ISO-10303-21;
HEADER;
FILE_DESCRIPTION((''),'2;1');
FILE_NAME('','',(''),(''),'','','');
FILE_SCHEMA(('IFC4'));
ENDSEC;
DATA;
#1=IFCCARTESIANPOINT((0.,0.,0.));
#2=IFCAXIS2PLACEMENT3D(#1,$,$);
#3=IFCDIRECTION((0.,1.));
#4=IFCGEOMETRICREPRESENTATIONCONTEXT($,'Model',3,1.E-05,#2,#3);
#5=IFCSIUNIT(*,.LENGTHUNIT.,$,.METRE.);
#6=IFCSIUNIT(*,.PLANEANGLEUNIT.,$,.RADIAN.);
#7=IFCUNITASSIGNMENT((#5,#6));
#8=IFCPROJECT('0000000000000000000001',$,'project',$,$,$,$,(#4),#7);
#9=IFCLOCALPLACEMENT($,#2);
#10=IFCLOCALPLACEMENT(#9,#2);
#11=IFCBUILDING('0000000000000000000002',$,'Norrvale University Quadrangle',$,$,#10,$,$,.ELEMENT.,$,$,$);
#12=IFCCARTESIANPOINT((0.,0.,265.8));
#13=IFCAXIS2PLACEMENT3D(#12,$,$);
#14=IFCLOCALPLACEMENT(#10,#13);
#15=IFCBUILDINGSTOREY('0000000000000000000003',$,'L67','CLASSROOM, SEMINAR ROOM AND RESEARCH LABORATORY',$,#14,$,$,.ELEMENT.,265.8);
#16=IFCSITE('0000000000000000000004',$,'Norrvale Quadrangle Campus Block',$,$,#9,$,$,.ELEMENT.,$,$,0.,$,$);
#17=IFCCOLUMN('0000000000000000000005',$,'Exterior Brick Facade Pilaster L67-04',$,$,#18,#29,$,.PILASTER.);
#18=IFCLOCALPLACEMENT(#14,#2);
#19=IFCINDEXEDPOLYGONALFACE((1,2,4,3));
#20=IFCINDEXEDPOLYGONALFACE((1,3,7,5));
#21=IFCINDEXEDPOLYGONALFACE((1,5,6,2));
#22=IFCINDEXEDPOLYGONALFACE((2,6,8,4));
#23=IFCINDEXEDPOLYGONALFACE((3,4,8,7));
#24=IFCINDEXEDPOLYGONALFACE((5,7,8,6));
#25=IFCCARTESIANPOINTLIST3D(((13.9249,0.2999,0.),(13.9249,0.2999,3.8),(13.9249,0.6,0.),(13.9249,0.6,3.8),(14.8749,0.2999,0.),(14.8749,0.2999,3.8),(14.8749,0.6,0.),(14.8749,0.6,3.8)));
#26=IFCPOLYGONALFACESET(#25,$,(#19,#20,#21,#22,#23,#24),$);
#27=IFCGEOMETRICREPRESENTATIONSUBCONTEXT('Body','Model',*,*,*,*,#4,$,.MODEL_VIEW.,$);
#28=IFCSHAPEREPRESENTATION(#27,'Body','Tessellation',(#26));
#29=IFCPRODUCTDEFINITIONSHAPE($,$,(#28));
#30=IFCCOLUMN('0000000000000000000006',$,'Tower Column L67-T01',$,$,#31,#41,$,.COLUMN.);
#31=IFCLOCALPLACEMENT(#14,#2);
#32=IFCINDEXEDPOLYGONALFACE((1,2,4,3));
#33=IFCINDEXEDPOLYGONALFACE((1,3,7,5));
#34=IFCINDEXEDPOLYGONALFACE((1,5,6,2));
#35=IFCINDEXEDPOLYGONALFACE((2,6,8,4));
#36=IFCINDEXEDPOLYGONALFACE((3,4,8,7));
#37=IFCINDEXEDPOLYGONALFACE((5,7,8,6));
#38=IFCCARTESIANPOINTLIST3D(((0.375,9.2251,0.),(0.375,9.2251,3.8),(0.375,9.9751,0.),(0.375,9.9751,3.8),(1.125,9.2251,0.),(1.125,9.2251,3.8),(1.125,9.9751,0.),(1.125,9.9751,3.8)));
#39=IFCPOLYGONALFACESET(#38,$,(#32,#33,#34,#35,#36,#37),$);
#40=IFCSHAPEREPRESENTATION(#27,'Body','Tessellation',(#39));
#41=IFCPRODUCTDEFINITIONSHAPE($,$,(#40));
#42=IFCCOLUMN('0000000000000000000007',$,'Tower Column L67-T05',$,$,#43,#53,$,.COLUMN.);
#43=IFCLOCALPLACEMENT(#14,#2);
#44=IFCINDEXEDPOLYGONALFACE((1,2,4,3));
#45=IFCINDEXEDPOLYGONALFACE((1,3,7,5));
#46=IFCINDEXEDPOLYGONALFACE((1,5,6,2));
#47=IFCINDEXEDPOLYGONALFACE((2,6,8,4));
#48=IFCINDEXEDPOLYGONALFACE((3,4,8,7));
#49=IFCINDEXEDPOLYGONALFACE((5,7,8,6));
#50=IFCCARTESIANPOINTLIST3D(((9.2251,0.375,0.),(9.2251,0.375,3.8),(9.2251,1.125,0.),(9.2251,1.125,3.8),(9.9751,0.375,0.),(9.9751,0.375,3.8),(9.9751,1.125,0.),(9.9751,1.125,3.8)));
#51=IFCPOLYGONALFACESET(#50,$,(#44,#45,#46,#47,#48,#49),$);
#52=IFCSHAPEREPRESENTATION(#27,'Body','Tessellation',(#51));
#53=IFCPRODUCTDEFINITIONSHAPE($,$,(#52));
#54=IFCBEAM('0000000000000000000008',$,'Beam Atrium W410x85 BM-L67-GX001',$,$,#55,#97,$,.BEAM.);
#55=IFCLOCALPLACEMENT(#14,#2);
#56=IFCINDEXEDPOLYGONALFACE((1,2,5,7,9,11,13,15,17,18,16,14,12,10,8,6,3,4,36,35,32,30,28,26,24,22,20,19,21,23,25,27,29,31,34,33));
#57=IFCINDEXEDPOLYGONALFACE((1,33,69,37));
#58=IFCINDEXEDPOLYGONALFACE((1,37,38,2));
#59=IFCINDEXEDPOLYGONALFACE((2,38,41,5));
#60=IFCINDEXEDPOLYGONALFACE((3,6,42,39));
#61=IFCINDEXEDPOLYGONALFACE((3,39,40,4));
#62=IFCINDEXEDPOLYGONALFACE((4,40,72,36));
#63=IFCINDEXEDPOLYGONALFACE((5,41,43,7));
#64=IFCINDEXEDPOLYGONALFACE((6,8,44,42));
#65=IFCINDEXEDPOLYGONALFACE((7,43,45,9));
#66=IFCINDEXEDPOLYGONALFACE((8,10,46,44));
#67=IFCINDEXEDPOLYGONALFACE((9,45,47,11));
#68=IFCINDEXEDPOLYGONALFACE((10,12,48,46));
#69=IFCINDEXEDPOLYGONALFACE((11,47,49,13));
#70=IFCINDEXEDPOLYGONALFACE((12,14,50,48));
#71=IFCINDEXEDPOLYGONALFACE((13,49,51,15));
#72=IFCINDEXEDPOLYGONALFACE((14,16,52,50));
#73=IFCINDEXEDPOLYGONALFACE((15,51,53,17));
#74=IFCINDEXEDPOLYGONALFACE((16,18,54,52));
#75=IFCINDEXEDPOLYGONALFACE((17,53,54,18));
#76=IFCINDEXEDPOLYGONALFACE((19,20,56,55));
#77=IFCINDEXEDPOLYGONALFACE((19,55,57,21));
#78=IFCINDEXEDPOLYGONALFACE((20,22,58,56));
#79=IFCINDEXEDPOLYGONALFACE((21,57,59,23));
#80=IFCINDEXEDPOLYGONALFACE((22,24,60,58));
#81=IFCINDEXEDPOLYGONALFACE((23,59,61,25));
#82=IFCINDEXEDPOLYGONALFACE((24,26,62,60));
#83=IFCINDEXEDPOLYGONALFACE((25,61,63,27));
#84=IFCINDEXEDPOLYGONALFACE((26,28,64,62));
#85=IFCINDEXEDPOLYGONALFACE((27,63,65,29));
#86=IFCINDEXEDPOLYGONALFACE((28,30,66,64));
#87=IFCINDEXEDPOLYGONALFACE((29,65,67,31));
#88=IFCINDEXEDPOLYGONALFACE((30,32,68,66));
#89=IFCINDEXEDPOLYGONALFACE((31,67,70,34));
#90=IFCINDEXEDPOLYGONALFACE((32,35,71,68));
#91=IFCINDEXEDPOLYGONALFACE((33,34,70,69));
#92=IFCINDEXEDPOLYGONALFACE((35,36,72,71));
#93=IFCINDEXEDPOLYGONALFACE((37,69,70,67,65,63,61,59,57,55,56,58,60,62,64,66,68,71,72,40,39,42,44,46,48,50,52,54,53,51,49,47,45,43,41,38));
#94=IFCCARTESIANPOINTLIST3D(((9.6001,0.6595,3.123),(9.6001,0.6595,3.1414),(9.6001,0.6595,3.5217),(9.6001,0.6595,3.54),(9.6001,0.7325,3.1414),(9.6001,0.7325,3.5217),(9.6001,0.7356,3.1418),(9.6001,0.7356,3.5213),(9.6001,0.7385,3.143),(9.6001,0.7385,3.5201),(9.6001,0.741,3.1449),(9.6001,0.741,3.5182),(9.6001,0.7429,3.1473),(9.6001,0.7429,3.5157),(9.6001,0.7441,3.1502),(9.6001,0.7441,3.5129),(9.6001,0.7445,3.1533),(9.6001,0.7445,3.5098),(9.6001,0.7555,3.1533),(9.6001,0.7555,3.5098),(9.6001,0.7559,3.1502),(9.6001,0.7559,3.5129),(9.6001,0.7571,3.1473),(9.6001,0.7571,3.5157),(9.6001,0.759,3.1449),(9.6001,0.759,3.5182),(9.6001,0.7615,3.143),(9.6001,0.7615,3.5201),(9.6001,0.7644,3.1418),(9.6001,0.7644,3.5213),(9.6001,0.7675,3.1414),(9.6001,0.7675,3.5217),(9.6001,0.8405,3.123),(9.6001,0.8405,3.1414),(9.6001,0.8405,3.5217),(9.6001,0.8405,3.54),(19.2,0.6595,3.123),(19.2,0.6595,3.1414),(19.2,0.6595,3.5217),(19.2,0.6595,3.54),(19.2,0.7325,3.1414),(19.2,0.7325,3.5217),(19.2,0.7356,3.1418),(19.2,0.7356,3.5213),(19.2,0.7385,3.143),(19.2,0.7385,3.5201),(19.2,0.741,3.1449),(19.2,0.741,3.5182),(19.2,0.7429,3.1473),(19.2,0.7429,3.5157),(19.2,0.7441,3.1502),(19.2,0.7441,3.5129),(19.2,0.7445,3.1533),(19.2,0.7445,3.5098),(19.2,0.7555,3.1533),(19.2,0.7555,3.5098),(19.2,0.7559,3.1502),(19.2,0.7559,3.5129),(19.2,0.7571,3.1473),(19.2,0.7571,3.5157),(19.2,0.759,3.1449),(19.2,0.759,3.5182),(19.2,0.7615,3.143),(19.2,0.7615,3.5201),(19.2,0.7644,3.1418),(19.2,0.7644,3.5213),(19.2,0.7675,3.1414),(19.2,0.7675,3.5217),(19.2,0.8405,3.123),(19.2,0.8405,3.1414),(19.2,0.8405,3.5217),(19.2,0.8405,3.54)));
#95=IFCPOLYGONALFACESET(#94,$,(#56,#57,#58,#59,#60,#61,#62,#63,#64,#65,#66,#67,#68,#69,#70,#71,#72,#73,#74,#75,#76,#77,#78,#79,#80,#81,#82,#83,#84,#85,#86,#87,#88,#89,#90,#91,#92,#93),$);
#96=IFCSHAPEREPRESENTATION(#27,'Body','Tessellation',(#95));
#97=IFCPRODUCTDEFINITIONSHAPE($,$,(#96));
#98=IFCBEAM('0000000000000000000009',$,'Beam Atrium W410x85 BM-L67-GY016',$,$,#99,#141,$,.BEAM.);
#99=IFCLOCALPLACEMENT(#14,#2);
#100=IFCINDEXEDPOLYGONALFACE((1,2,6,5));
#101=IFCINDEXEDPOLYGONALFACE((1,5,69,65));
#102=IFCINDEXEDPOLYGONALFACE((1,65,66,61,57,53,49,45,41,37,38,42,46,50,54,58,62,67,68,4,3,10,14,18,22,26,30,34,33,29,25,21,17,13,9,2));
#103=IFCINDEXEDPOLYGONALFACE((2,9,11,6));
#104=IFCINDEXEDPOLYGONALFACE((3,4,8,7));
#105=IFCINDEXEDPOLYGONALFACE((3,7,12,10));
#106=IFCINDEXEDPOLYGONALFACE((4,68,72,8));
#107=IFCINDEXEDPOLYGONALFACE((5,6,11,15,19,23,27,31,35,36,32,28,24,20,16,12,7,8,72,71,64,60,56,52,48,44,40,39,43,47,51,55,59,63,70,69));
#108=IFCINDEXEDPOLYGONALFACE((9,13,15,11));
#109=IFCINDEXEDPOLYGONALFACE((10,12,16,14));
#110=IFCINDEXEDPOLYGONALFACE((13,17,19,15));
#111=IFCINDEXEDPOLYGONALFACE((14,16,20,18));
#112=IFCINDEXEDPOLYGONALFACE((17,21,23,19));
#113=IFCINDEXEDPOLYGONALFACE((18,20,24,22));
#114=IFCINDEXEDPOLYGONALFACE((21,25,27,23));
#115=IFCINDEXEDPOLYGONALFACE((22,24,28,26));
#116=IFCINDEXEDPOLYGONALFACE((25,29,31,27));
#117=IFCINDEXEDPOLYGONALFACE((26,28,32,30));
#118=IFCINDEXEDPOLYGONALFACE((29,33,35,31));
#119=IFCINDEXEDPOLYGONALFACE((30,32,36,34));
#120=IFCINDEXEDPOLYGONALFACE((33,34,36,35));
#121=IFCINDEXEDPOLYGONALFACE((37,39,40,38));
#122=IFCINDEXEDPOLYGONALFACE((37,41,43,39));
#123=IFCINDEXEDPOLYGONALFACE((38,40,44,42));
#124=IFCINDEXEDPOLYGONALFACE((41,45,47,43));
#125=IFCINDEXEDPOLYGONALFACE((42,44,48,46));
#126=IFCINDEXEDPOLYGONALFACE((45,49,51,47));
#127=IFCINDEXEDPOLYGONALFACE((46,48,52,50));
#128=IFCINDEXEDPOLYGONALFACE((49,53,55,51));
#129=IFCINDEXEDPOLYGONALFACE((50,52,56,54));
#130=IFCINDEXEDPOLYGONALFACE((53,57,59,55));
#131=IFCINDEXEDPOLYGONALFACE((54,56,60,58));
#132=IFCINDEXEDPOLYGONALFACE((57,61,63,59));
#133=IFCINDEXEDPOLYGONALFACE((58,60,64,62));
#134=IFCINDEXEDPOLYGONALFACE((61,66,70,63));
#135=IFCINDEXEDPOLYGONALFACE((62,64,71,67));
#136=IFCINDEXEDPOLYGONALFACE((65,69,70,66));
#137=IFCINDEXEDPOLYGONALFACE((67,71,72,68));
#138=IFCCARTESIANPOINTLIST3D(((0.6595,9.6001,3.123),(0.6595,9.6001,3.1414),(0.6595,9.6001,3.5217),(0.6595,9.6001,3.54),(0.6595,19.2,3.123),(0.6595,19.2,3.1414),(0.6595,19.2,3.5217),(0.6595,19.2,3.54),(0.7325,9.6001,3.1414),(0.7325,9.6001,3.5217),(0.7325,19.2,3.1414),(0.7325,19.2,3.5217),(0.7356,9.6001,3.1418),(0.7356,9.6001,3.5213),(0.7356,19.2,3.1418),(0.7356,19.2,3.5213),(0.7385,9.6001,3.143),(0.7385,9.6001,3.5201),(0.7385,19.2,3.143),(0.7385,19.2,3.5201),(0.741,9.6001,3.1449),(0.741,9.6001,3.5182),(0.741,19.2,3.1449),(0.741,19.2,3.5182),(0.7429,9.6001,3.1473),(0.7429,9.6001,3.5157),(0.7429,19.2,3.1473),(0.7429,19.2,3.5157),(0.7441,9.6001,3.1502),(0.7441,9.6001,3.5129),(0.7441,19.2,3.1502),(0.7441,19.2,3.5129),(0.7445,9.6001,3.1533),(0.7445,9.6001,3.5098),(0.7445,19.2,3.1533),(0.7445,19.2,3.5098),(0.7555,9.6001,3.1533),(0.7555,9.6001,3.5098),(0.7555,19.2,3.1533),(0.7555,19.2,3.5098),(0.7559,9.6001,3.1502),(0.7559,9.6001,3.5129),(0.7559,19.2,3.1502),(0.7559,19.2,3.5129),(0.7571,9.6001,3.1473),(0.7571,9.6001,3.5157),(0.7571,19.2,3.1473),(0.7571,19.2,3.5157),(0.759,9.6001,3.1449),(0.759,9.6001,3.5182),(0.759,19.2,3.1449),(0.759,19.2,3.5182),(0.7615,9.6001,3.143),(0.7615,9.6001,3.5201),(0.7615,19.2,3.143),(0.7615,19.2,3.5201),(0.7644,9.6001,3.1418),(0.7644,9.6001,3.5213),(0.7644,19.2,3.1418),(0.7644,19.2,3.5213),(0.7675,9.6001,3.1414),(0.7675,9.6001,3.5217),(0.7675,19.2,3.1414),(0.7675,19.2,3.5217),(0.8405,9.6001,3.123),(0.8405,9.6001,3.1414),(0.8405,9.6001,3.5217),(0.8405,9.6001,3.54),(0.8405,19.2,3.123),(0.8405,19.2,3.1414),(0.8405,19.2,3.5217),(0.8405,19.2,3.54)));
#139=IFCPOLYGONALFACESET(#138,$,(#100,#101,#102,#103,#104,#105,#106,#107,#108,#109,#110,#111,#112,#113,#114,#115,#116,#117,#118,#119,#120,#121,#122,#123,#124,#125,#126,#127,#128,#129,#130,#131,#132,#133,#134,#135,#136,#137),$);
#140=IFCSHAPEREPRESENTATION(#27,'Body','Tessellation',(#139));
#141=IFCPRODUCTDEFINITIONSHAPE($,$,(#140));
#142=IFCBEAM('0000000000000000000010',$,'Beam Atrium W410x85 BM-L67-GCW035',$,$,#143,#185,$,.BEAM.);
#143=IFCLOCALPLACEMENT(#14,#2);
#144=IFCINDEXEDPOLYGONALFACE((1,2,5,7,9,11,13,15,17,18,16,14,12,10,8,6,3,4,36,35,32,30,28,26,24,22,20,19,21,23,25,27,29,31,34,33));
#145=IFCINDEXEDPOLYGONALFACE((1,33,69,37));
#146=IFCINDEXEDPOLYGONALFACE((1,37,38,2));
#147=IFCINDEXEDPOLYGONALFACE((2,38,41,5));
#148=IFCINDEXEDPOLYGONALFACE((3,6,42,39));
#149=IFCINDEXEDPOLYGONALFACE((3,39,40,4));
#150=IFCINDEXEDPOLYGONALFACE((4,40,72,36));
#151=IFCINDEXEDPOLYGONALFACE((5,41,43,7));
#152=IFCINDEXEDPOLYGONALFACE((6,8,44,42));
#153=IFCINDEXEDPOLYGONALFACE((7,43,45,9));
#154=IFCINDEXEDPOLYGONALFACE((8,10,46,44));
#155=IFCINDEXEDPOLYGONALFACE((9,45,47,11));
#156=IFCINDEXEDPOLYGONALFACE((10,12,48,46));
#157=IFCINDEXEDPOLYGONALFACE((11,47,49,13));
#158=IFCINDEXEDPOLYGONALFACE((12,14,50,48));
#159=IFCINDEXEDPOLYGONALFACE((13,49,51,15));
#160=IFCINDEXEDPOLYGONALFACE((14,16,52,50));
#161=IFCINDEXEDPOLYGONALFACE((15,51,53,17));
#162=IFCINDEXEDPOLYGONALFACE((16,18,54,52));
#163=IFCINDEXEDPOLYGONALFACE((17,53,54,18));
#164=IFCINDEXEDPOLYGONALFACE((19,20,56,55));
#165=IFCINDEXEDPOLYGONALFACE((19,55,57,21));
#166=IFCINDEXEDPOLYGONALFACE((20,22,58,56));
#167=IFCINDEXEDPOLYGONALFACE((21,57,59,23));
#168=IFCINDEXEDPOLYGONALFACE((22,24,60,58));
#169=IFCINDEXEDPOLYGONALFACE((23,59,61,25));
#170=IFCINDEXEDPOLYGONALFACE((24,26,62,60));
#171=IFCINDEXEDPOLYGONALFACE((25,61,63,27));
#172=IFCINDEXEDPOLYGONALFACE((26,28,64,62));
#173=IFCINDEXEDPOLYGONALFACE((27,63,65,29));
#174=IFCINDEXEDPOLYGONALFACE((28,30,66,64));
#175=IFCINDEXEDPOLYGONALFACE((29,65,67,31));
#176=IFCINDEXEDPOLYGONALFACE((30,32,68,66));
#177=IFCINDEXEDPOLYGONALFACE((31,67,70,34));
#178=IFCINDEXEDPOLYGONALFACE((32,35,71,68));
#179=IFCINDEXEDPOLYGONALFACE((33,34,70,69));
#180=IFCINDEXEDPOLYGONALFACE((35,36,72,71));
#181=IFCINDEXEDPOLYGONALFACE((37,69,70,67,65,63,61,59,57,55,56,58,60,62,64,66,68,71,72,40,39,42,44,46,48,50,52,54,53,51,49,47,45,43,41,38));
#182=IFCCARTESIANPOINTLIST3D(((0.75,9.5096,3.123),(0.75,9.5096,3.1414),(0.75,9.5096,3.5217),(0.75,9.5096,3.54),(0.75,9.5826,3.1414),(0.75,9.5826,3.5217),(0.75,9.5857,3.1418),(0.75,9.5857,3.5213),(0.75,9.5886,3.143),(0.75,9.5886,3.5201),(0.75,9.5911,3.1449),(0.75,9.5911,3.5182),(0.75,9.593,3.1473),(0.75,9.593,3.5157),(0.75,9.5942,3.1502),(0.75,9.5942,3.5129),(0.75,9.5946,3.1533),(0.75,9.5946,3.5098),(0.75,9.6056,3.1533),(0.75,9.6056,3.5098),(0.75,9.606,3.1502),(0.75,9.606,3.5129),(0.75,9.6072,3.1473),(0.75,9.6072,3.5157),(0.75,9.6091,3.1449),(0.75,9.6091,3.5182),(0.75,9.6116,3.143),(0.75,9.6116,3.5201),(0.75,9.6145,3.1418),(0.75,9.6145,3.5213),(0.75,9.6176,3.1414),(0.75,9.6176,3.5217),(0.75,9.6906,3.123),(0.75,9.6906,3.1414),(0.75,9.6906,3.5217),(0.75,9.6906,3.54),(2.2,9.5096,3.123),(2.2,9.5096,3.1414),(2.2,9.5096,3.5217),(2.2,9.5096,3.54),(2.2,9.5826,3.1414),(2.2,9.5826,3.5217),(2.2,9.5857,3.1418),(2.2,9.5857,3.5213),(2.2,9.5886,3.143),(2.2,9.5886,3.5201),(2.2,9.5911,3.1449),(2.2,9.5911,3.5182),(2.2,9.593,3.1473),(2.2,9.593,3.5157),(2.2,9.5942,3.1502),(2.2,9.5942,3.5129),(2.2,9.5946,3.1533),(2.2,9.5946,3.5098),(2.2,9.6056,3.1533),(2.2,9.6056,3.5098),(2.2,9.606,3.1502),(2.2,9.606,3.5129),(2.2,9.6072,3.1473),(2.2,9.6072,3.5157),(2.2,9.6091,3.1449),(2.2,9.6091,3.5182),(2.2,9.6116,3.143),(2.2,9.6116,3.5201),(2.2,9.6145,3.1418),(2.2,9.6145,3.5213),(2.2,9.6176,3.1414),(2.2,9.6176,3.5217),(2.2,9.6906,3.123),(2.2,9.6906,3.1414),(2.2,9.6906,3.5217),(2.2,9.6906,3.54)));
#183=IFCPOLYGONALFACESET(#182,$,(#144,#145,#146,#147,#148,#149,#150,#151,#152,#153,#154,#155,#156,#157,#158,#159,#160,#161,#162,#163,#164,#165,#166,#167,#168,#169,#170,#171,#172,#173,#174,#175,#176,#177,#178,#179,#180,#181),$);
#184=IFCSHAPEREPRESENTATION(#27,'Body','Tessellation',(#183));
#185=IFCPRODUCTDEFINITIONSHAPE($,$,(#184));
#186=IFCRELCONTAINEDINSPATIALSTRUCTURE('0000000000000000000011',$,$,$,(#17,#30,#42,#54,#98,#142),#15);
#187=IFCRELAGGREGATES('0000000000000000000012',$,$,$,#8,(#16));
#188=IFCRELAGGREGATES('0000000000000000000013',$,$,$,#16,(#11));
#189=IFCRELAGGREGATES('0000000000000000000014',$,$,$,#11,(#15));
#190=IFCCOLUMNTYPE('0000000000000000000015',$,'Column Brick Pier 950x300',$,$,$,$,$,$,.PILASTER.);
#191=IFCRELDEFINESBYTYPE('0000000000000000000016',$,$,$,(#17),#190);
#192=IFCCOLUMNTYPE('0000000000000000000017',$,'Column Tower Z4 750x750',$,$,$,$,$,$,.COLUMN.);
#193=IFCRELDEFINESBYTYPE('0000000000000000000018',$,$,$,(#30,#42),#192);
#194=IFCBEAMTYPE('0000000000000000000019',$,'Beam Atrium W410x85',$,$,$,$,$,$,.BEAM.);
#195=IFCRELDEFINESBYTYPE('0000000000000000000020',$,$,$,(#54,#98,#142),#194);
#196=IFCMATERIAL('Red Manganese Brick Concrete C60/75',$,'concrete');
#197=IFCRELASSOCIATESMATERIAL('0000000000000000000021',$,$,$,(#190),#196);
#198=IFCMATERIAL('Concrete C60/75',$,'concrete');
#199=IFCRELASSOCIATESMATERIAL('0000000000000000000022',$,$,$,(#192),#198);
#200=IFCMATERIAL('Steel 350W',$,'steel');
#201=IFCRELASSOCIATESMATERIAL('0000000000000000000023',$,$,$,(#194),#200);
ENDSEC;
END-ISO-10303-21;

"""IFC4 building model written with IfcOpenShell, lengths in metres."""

from ifc_helpers import new_model, si_unit, direction, frame, origin, origin_2d, place, context, subcontext, project, spatial, rectangle, i_section, extrude, material, material_profile, profile_set, type_object, element, save


model = new_model("IFC4")

# Units and contexts
model_context = context("Model", 3, precision=1e-05, world=origin(), true_north=direction((0.0, 1.0)))
body_context = subcontext(model_context, "Body", "Model", "MODEL_VIEW")
ifc_project = project(units=[si_unit("LENGTHUNIT", "METRE"), si_unit("PLANEANGLEUNIT", "RADIAN")], contexts=[model_context])

# Site, building, storey
site_placement = place(None, origin())
site = spatial("IfcSite", under=ifc_project, at=site_placement, Name="Norrvale Quadrangle Campus Block", CompositionType="ELEMENT", RefElevation=0.0)
building_placement = place(site_placement, origin())
building = spatial("IfcBuilding", under=site, at=building_placement, Name="Norrvale University Quadrangle", CompositionType="ELEMENT")
storey_placement = place(building_placement, frame((0.0, 0.0, 265.8)))
storey = spatial("IfcBuildingStorey", under=building, at=storey_placement, Name="L67", Description="CLASSROOM, SEMINAR ROOM AND RESEARCH LABORATORY", CompositionType="ELEMENT", Elevation=265.8)

# Columns
ifc_material_1 = material(Name="Red Manganese Brick Concrete C60/75", Category="concrete")
ifc_material_profile_1 = material_profile(ifc_material_1, rectangle(XDim=0.95, YDim=0.3, at=origin_2d()), Name="Red Manganese Brick Concrete C60/75")
ifc_profile_set_1 = profile_set([ifc_material_profile_1], Name="Red Manganese Brick Concrete C60/75")
column_type_1 = type_object("IfcColumnType", Name="Column Brick Pier 950x300", PredefinedType="PILASTER", material=ifc_profile_set_1)
column_placement = place(storey_placement, frame((14.3999, 0.45, 0.0), z_axis=(0.0, 0.0, 1.0), x_axis=(1.0, 0.0, 0.0)))
element("IfcColumn", 1, at=column_placement, inside=storey, type_object=column_type_1, Name="Exterior Brick Facade Pilaster L67-04", PredefinedType="PILASTER", context=body_context, shape_type="SweptSolid", body=[
    extrude(rectangle(XDim=0.95, YDim=0.3, at=origin_2d()), origin(), (0.0, 0.0, 1.0), 3.8),
])
ifc_material_2 = material(Name="Concrete C60/75", Category="concrete")
ifc_material_profile_2 = material_profile(ifc_material_2, rectangle(XDim=0.75, YDim=0.75, at=origin_2d()), Name="Concrete C60/75")
ifc_profile_set_2 = profile_set([ifc_material_profile_2], Name="Concrete C60/75")
column_type_2 = type_object("IfcColumnType", Name="Column Tower Z4 750x750", PredefinedType="COLUMN", material=ifc_profile_set_2)
for number, where, z_axis, x_axis, name in (
    (2, (0.75, 9.6001, 0.0), (0.0, 0.0, 1.0), (1.0, 0.0, 0.0), "Tower Column L67-T01"),
    (3, (9.6001, 0.75, 0.0), (0.0, 0.0, 1.0), (1.0, 0.0, 0.0), "Tower Column L67-T05"),
):
    element("IfcColumn", number, at=place(storey_placement, frame(where, z_axis=z_axis, x_axis=x_axis)), inside=storey, type_object=column_type_2, Name=name, PredefinedType="COLUMN", context=body_context, shape_type="SweptSolid", body=[
        extrude(rectangle(XDim=0.75, YDim=0.75, at=origin_2d()), origin(), (0.0, 0.0, 1.0), 3.8),
    ])

# Beams
ifc_material_3 = material(Name="Steel 350W", Category="steel")
ifc_material_profile_3 = material_profile(ifc_material_3, i_section(OverallWidth=0.1809, OverallDepth=0.417, WebThickness=0.011, FlangeThickness=0.0183, FilletRadius=0.012, at=origin_2d()), Name="Steel 350W")
ifc_profile_set_3 = profile_set([ifc_material_profile_3], Name="Steel 350W")
beam_type_1 = type_object("IfcBeamType", Name="Beam Atrium W410x85", PredefinedType="BEAM", material=ifc_profile_set_3)
for number, where, z_axis, x_axis, name in (
    (4, (9.6001, 0.75, 3.3315), (1.0, 0.0, 0.0), (0.0, 1.0, 0.0), "Beam Atrium W410x85 BM-L67-GX001"),
    (5, (0.75, 9.6001, 3.3315), (0.0, 1.0, 0.0), (-1.0, 0.0, 0.0), "Beam Atrium W410x85 BM-L67-GY016"),
):
    element("IfcBeam", number, at=place(storey_placement, frame(where, z_axis=z_axis, x_axis=x_axis)), inside=storey, type_object=beam_type_1, Name=name, PredefinedType="BEAM", context=body_context, shape_type="SweptSolid", body=[
        extrude(i_section(OverallWidth=0.1809, OverallDepth=0.417, WebThickness=0.011, FlangeThickness=0.0183, FilletRadius=0.012, at=origin_2d()), origin(), (0.0, 0.0, 1.0), 9.5999),
    ])
beam_1_placement = place(storey_placement, frame((0.75, 9.6001, 3.3315), z_axis=(1.0, 0.0, 0.0), x_axis=(0.0, 1.0, 0.0)))
element("IfcBeam", 6, at=beam_1_placement, inside=storey, type_object=beam_type_1, Name="Beam Atrium W410x85 BM-L67-GCW035", PredefinedType="BEAM", context=body_context, shape_type="SweptSolid", body=[
    extrude(i_section(OverallWidth=0.1809, OverallDepth=0.417, WebThickness=0.011, FlangeThickness=0.0183, FilletRadius=0.012, at=origin_2d()), origin(), (0.0, 0.0, 1.0), 1.45),
])

save(model, "model.ifc")
